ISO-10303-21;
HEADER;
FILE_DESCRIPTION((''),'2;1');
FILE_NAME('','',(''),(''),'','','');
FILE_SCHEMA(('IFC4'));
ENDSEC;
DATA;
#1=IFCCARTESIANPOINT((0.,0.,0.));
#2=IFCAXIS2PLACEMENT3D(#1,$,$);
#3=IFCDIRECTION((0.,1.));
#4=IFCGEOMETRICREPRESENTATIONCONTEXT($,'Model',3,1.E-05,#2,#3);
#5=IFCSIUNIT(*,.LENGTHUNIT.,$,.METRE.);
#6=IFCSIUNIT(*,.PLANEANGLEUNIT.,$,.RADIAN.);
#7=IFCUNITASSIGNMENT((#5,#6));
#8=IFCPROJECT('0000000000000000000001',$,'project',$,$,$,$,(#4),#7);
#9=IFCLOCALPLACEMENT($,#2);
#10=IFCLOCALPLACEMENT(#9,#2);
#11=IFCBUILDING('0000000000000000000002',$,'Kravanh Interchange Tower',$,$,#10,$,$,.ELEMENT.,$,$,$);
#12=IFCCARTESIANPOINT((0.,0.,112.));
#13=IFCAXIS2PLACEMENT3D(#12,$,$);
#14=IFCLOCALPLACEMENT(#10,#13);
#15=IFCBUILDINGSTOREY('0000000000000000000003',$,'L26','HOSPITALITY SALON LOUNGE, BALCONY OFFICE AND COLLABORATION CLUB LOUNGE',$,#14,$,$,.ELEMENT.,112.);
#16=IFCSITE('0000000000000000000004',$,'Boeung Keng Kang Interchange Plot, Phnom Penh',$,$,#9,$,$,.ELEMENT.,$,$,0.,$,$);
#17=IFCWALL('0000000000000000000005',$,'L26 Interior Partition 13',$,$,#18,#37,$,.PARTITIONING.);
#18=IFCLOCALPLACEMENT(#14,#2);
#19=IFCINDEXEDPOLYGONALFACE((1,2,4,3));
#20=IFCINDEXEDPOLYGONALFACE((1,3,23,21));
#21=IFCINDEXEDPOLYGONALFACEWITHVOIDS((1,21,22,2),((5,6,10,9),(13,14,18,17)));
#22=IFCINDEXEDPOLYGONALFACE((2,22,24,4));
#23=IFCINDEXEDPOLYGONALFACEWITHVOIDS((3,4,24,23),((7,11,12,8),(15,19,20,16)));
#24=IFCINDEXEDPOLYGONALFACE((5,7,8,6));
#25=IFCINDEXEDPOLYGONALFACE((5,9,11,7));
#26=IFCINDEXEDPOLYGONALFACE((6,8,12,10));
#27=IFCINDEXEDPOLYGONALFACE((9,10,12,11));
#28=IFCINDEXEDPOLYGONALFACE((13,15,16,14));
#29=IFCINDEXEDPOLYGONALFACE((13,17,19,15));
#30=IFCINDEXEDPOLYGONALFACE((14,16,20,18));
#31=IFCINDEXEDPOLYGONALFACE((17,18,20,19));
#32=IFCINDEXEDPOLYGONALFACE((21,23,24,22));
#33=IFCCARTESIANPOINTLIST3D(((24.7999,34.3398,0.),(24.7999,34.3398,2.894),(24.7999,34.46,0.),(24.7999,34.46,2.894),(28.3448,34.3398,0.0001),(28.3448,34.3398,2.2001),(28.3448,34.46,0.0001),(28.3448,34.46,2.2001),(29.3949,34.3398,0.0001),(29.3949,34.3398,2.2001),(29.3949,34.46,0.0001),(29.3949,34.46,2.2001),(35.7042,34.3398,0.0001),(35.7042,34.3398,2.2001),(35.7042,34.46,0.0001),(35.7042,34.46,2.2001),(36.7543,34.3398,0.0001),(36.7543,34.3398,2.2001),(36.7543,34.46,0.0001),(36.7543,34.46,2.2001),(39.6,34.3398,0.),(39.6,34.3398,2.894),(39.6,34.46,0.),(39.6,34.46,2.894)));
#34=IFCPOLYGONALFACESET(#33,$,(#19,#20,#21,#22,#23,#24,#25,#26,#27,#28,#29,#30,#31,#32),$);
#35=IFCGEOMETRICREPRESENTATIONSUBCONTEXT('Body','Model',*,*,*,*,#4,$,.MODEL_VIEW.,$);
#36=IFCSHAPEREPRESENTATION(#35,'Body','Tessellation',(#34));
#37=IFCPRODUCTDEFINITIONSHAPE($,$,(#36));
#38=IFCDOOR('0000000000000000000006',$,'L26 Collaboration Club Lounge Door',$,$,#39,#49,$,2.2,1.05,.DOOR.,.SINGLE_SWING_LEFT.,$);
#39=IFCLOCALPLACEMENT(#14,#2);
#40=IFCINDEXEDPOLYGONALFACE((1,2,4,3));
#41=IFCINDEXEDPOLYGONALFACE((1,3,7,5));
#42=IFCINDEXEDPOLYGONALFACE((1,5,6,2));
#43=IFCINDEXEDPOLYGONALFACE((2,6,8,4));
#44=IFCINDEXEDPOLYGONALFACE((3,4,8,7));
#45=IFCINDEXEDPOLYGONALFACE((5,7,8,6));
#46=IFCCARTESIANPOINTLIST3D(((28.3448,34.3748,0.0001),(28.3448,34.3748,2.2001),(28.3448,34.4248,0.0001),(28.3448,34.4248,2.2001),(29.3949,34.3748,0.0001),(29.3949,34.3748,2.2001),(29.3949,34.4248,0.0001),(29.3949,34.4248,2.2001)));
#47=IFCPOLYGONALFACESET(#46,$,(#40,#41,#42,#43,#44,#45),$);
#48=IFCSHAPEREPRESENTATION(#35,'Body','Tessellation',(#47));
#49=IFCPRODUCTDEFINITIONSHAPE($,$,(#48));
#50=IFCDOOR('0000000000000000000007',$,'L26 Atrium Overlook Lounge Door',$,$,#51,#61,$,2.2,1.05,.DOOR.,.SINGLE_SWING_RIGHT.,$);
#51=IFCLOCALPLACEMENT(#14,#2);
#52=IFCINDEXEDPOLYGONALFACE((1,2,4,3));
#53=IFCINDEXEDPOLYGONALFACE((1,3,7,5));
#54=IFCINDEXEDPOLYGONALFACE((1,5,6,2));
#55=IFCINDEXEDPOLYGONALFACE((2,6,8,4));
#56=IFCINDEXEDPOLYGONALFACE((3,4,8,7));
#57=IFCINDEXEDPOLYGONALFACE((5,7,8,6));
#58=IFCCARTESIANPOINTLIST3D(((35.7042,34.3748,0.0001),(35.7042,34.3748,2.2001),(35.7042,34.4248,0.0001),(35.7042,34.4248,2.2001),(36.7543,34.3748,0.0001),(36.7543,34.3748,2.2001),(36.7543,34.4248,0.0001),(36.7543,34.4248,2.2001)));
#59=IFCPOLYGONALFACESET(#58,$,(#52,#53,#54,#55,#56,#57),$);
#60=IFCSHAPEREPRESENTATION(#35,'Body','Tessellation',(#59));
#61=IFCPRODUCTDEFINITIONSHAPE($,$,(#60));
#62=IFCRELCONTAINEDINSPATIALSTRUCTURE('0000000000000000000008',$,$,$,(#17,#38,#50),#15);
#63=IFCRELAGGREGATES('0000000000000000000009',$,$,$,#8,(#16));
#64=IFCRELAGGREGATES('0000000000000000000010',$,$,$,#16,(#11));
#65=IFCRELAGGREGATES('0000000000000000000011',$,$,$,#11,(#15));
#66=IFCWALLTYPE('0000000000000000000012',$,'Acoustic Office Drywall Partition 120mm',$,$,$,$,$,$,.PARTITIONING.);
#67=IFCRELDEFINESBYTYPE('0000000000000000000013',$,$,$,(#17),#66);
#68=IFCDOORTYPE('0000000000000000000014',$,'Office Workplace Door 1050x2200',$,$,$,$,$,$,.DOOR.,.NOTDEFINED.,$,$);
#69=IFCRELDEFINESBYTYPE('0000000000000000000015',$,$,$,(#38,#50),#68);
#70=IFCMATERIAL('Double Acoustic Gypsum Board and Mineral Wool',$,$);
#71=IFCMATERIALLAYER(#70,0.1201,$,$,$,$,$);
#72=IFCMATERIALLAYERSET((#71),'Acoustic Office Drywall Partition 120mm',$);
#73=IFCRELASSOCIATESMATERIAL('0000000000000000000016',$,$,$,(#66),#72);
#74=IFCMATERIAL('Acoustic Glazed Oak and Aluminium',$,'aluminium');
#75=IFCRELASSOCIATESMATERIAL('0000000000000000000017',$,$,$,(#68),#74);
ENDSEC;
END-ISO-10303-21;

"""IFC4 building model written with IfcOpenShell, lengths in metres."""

from ifc_helpers import new_model, si_unit, direction, frame, frame_2d, origin, place, context, subcontext, project, spatial, rectangle, extrude, material, layer, layer_set, type_object, element, fill, save


model = new_model("IFC4")

# Units and contexts
model_context = context("Model", 3, precision=1e-05, world=origin(), true_north=direction((0.0, 1.0)))
body_context = subcontext(model_context, "Body", "Model", "MODEL_VIEW")
ifc_project = project(units=[si_unit("LENGTHUNIT", "METRE"), si_unit("PLANEANGLEUNIT", "RADIAN")], contexts=[model_context])

# Site, building, storey
site_placement = place(None, origin())
site = spatial("IfcSite", under=ifc_project, at=site_placement, Name="Boeung Keng Kang Interchange Plot, Phnom Penh", CompositionType="ELEMENT", RefElevation=0.0)
building_placement = place(site_placement, origin())
building = spatial("IfcBuilding", under=site, at=building_placement, Name="Kravanh Interchange Tower", CompositionType="ELEMENT")
storey_placement = place(building_placement, frame((0.0, 0.0, 112.0)))
storey = spatial("IfcBuildingStorey", under=building, at=storey_placement, Name="L26", Description="HOSPITALITY SALON LOUNGE, BALCONY OFFICE AND COLLABORATION CLUB LOUNGE", CompositionType="ELEMENT", Elevation=112.0)

# Wall, openings, doors
ifc_material_1 = material(Name="Double Acoustic Gypsum Board and Mineral Wool")
ifc_layer = layer(ifc_material_1, 0.1201)
ifc_layer_set = layer_set([ifc_layer], Name="Acoustic Office Drywall Partition 120mm")
wall_type = type_object("IfcWallType", Name="Acoustic Office Drywall Partition 120mm", PredefinedType="PARTITIONING", material=ifc_layer_set)
wall_placement = place(storey_placement, frame((24.8, 34.3999, 0.0), z_axis=(0.0, 0.0, 1.0), x_axis=(1.0, 0.0, 0.0)))
wall = element("IfcWall", 1, at=wall_placement, inside=storey, type_object=wall_type, Name="L26 Interior Partition 13", PredefinedType="PARTITIONING", context=body_context, shape_type="SweptSolid", body=[
    extrude(rectangle(XDim=14.8, YDim=0.1201, at=frame_2d((7.3999, 0.0))), origin(), (0.0, 0.0, 1.0), 2.894),
])
opening_1_placement = place(wall_placement, frame((3.5449, 0.0, 0.0)))
opening_1 = element("IfcOpeningElement", 2, at=opening_1_placement, cuts=wall, PredefinedType="OPENING", context=body_context, shape_type="SweptSolid", body=[
    extrude(rectangle(XDim=1.05, YDim=2.2, at=frame_2d((0.5249, 1.1001))), frame((0.0, 0.0701, 0.0), z_axis=(0.0, -1.0, 0.0), x_axis=(1.0, 0.0, 0.0)), (0.0, 0.0, 1.0), 0.1401),
])
opening_2_placement = place(wall_placement, frame((10.9043, 0.0, 0.0)))
opening_2 = element("IfcOpeningElement", 3, at=opening_2_placement, cuts=wall, PredefinedType="OPENING", context=body_context, shape_type="SweptSolid", body=[
    extrude(rectangle(XDim=1.05, YDim=2.2, at=frame_2d((0.5249, 1.1001))), frame((0.0, 0.0701, 0.0), z_axis=(0.0, -1.0, 0.0), x_axis=(1.0, 0.0, 0.0)), (0.0, 0.0, 1.0), 0.1401),
])
ifc_material_2 = material(Name="Acoustic Glazed Oak and Aluminium", Category="aluminium")
door_type = type_object("IfcDoorType", Name="Office Workplace Door 1050x2200", OperationType="NOTDEFINED", PredefinedType="DOOR", material=ifc_material_2)
door_1_placement = place(opening_1_placement, origin())
door_1 = element("IfcDoor", 4, at=door_1_placement, inside=storey, type_object=door_type, Name="L26 Collaboration Club Lounge Door", OperationType="SINGLE_SWING_LEFT", OverallHeight=2.2, OverallWidth=1.05, PredefinedType="DOOR", context=body_context, shape_type="SweptSolid", body=[
    extrude(rectangle(XDim=1.05, YDim=2.2, at=frame_2d((0.5249, 1.1001))), frame((0.0, 0.0249, 0.0), z_axis=(0.0, -1.0, 0.0), x_axis=(1.0, 0.0, 0.0)), (0.0, 0.0, 1.0), 0.05),
])
fill(opening_1, door_1)
door_2_placement = place(opening_2_placement, origin())
door_2 = element("IfcDoor", 5, at=door_2_placement, inside=storey, type_object=door_type, Name="L26 Atrium Overlook Lounge Door", OperationType="SINGLE_SWING_RIGHT", OverallHeight=2.2, OverallWidth=1.05, PredefinedType="DOOR", context=body_context, shape_type="SweptSolid", body=[
    extrude(rectangle(XDim=1.05, YDim=2.2, at=frame_2d((0.5249, 1.1001))), frame((0.0, 0.0249, 0.0), z_axis=(0.0, -1.0, 0.0), x_axis=(1.0, 0.0, 0.0)), (0.0, 0.0, 1.0), 0.05),
])
fill(opening_2, door_2)

save(model, "model.ifc")
